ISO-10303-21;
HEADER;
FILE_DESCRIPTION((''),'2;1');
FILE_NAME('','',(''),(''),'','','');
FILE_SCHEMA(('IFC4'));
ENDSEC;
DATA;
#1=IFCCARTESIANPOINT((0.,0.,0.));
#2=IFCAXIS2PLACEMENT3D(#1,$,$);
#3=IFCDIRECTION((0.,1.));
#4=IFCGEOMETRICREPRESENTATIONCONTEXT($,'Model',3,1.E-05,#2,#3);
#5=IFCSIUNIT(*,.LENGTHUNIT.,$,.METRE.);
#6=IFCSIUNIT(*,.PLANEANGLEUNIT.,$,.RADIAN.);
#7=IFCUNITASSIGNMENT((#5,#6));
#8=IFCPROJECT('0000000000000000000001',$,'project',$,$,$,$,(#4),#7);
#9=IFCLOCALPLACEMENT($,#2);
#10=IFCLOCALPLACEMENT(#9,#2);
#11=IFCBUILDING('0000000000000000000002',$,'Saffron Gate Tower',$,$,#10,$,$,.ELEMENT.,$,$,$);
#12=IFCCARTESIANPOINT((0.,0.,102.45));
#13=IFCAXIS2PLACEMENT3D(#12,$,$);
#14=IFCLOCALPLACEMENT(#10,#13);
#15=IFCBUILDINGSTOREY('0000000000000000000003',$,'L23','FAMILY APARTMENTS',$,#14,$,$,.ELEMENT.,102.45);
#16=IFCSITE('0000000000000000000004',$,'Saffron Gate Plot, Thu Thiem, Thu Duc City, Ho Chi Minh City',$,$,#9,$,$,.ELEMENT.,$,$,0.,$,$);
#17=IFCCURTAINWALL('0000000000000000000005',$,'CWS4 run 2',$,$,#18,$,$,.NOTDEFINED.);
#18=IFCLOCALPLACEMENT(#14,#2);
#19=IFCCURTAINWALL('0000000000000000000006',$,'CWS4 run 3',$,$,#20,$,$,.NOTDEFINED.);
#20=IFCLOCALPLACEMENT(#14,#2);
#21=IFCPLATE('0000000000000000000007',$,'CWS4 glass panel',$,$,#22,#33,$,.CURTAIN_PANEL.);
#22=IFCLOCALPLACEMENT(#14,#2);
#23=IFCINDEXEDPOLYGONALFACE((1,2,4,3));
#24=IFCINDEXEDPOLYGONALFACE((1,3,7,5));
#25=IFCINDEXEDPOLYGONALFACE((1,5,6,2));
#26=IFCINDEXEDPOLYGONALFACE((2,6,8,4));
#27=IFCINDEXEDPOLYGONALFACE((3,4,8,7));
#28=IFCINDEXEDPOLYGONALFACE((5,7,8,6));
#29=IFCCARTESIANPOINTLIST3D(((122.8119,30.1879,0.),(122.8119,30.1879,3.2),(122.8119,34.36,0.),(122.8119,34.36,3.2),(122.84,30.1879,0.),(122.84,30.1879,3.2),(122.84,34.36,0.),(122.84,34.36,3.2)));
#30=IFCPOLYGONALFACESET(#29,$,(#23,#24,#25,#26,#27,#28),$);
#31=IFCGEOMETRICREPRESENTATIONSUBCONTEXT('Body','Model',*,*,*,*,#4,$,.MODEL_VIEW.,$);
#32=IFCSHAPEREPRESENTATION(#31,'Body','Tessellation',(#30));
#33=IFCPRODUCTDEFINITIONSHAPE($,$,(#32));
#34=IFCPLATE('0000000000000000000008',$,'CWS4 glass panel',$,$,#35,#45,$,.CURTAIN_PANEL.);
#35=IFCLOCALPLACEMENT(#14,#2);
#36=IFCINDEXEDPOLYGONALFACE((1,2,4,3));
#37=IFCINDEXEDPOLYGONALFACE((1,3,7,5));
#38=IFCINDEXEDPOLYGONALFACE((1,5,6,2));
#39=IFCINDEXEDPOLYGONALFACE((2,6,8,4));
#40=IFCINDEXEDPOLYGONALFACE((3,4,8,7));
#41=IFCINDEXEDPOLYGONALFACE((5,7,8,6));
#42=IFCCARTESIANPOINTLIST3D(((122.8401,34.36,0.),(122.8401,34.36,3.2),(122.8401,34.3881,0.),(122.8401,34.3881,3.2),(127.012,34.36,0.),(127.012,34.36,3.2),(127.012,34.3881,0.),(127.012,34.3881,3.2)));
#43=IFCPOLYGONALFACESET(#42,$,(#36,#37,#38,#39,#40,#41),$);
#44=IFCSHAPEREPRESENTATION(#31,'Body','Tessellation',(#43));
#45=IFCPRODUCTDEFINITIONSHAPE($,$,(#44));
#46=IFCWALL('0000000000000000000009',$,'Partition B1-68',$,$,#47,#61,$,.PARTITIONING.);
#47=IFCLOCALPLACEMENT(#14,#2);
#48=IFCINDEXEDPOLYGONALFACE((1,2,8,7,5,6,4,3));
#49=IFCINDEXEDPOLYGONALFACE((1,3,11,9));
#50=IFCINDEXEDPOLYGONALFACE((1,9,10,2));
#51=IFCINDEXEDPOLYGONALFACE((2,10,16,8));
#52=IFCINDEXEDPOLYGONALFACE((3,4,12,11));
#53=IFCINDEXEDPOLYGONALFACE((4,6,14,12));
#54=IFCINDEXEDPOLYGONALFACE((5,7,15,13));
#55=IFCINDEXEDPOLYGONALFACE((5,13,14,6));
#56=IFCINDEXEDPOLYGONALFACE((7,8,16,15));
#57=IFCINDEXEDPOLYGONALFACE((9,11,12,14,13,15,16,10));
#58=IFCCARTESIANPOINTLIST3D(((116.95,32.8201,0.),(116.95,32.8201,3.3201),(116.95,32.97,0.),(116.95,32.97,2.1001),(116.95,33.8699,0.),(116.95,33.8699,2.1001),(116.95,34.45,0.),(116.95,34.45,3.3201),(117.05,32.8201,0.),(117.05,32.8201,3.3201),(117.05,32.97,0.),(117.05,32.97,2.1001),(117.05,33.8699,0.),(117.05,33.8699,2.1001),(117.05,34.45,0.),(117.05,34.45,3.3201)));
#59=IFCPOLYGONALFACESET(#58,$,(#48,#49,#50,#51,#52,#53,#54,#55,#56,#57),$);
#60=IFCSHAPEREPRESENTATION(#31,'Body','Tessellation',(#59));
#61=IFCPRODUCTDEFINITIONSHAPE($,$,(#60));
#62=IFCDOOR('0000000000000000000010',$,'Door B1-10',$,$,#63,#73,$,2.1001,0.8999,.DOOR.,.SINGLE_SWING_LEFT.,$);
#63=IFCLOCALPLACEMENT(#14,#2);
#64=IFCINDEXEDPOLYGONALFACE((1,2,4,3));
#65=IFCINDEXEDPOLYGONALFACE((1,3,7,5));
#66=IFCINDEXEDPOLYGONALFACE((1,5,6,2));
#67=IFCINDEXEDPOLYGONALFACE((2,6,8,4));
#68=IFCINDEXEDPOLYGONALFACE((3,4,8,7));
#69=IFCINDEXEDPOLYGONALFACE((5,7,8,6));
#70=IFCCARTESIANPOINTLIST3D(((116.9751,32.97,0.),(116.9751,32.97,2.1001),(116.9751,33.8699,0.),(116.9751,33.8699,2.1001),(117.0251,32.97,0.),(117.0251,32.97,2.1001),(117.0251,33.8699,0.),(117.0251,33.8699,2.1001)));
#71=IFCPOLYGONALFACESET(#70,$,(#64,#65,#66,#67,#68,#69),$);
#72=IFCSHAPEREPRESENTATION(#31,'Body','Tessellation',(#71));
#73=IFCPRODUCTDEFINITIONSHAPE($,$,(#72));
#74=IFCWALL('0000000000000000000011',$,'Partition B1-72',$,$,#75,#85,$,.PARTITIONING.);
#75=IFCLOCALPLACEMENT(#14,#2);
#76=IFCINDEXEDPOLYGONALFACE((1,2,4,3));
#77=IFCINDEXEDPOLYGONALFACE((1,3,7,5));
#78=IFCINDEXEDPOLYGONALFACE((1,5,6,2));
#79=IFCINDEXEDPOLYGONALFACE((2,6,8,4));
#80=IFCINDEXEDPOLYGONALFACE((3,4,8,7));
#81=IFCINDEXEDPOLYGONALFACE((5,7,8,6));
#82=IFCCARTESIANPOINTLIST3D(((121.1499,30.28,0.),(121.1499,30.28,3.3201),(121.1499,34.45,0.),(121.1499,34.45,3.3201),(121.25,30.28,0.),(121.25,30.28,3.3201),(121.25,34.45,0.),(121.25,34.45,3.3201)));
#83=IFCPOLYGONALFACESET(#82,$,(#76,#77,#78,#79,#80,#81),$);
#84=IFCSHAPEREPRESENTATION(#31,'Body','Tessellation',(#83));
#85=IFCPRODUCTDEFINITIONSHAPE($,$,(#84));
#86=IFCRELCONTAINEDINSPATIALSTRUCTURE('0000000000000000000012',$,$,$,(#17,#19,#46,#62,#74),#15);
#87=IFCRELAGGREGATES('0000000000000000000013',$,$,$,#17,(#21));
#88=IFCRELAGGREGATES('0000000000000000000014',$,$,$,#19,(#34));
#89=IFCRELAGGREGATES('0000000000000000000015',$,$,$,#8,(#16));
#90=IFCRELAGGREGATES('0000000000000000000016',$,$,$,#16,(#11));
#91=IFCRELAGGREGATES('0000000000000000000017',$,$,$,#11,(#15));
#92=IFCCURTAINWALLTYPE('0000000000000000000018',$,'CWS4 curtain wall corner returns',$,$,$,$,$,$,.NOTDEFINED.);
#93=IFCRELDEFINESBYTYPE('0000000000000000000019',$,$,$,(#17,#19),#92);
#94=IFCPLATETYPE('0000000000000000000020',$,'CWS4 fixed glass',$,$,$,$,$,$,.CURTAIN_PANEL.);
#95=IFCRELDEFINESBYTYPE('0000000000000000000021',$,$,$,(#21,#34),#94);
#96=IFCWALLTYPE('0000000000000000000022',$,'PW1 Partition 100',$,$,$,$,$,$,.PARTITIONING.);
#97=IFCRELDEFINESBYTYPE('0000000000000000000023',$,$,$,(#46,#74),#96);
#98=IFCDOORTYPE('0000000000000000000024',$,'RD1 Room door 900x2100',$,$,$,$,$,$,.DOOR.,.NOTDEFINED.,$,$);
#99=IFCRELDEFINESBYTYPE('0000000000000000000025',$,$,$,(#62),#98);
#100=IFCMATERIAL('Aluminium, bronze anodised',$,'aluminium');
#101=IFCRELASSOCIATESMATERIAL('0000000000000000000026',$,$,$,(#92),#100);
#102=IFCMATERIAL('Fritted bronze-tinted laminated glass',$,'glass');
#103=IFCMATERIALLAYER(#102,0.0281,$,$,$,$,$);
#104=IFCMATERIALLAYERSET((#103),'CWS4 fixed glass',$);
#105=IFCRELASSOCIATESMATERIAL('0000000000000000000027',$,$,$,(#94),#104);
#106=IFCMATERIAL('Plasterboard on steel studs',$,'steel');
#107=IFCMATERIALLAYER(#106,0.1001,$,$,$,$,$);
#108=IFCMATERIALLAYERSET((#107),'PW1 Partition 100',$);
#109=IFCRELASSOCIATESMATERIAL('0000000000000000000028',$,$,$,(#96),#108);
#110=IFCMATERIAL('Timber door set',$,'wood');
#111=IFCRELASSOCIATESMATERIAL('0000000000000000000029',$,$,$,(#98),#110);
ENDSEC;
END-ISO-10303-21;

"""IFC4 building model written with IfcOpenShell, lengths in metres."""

from ifc_helpers import new_model, si_unit, direction, frame, frame_2d, origin, place, context, subcontext, project, spatial, rectangle, extrude, material, layer, layer_set, type_object, element, fill, aggregate, save


model = new_model("IFC4")

# Units and contexts
model_context = context("Model", 3, precision=1e-05, world=origin(), true_north=direction((0.0, 1.0)))
body_context = subcontext(model_context, "Body", "Model", "MODEL_VIEW")
ifc_project = project(units=[si_unit("LENGTHUNIT", "METRE"), si_unit("PLANEANGLEUNIT", "RADIAN")], contexts=[model_context])

# Site, building, storey
site_placement = place(None, origin())
site = spatial("IfcSite", under=ifc_project, at=site_placement, Name="Saffron Gate Plot, Thu Thiem, Thu Duc City, Ho Chi Minh City", CompositionType="ELEMENT", RefElevation=0.0)
building_placement = place(site_placement, origin())
building = spatial("IfcBuilding", under=site, at=building_placement, Name="Saffron Gate Tower", CompositionType="ELEMENT")
storey_placement = place(building_placement, frame((0.0, 0.0, 102.45)))
storey = spatial("IfcBuildingStorey", under=building, at=storey_placement, Name="L23", Description="FAMILY APARTMENTS", CompositionType="ELEMENT", Elevation=102.45)

# Curtain walls
ifc_material_1 = material(Name="Aluminium, bronze anodised", Category="aluminium")
curtain_wall_type_1 = type_object("IfcCurtainWallType", Name="CWS4 curtain wall corner returns", PredefinedType="NOTDEFINED", material=ifc_material_1)
curtain_wall_1_placement = place(storey_placement, origin())
curtain_wall_1 = element("IfcCurtainWall", 1, at=curtain_wall_1_placement, inside=storey, type_object=curtain_wall_type_1, Name="CWS4 run 2", PredefinedType="NOTDEFINED")
curtain_wall_2_placement = place(storey_placement, origin())
curtain_wall_2 = element("IfcCurtainWall", 2, at=curtain_wall_2_placement, inside=storey, type_object=curtain_wall_type_1, Name="CWS4 run 3", PredefinedType="NOTDEFINED")

# Shared definitions
ifc_material_2 = material(Name="Fritted bronze-tinted laminated glass", Category="glass")

# Plates
ifc_layer_1 = layer(ifc_material_2, 0.0281)
ifc_layer_set_1 = layer_set([ifc_layer_1], Name="CWS4 fixed glass")
plate_type_1 = type_object("IfcPlateType", Name="CWS4 fixed glass", PredefinedType="CURTAIN_PANEL", material=ifc_layer_set_1)
plate_1_placement = place(storey_placement, frame((122.8259, 30.188, 0.0), z_axis=(0.0, 0.0, 1.0), x_axis=(0.0, 1.0, 0.0)))
plate_1 = element("IfcPlate", 3, at=plate_1_placement, type_object=plate_type_1, Name="CWS4 glass panel", PredefinedType="CURTAIN_PANEL", context=body_context, shape_type="SweptSolid", body=[
    extrude(rectangle(XDim=4.1721, YDim=0.0281, at=frame_2d((2.0859, 0.0))), origin(), (0.0, 0.0, 1.0), 3.2),
])
aggregate(curtain_wall_1, [plate_1])
plate_2_placement = place(storey_placement, frame((122.8401, 34.374, 0.0), z_axis=(0.0, 0.0, 1.0), x_axis=(1.0, 0.0, 0.0)))
plate_2 = element("IfcPlate", 4, at=plate_2_placement, type_object=plate_type_1, Name="CWS4 glass panel", PredefinedType="CURTAIN_PANEL", context=body_context, shape_type="SweptSolid", body=[
    extrude(rectangle(XDim=4.1719, YDim=0.0281, at=frame_2d((2.0859, 0.0))), origin(), (0.0, 0.0, 1.0), 3.2),
])
aggregate(curtain_wall_2, [plate_2])

# Wall, opening, door
ifc_material_3 = material(Name="Plasterboard on steel studs", Category="steel")
ifc_layer_2 = layer(ifc_material_3, 0.1001)
ifc_layer_set_2 = layer_set([ifc_layer_2], Name="PW1 Partition 100")
wall_type = type_object("IfcWallType", Name="PW1 Partition 100", PredefinedType="PARTITIONING", material=ifc_layer_set_2)
wall_1_placement = place(storey_placement, frame((117.0, 32.8201, 0.0), z_axis=(0.0, 0.0, 1.0), x_axis=(0.0, 1.0, 0.0)))
wall_1 = element("IfcWall", 5, at=wall_1_placement, inside=storey, type_object=wall_type, Name="Partition B1-68", PredefinedType="PARTITIONING", context=body_context, shape_type="SweptSolid", body=[
    extrude(rectangle(XDim=1.6299, YDim=0.1001, at=frame_2d((0.8149, 0.0))), origin(), (0.0, 0.0, 1.0), 3.3201),
])
opening_1_placement = place(wall_1_placement, frame((0.1499, 0.0, 0.0)))
opening_1 = element("IfcOpeningElement", 6, at=opening_1_placement, cuts=wall_1, PredefinedType="OPENING", context=body_context, shape_type="SweptSolid", body=[
    extrude(rectangle(XDim=0.8999, YDim=2.1001, at=frame_2d((0.45, 1.05))), frame((0.0, 0.0601, 0.0), z_axis=(0.0, -1.0, 0.0), x_axis=(1.0, 0.0, 0.0)), (0.0, 0.0, 1.0), 0.1201),
])
ifc_material_4 = material(Name="Timber door set", Category="wood")
door_type = type_object("IfcDoorType", Name="RD1 Room door 900x2100", OperationType="NOTDEFINED", PredefinedType="DOOR", material=ifc_material_4)
door_placement = place(opening_1_placement, origin())
door = element("IfcDoor", 7, at=door_placement, inside=storey, type_object=door_type, Name="Door B1-10", OperationType="SINGLE_SWING_LEFT", OverallHeight=2.1001, OverallWidth=0.8999, PredefinedType="DOOR", context=body_context, shape_type="SweptSolid", body=[
    extrude(rectangle(XDim=0.8999, YDim=2.1001, at=frame_2d((0.45, 1.05))), frame((0.0, 0.0249, 0.0), z_axis=(0.0, -1.0, 0.0), x_axis=(1.0, 0.0, 0.0)), (0.0, 0.0, 1.0), 0.05),
])
fill(opening_1, door)

# Wall
wall_2_placement = place(storey_placement, frame((121.2, 34.45, 0.0), z_axis=(0.0, 0.0, 1.0), x_axis=(0.0, -1.0, 0.0)))
element("IfcWall", 8, at=wall_2_placement, inside=storey, type_object=wall_type, Name="Partition B1-72", PredefinedType="PARTITIONING", context=body_context, shape_type="SweptSolid", body=[
    extrude(rectangle(XDim=4.1699, YDim=0.1001, at=frame_2d((2.085, 0.0))), origin(), (0.0, 0.0, 1.0), 3.3201),
])

save(model, "model.ifc")
